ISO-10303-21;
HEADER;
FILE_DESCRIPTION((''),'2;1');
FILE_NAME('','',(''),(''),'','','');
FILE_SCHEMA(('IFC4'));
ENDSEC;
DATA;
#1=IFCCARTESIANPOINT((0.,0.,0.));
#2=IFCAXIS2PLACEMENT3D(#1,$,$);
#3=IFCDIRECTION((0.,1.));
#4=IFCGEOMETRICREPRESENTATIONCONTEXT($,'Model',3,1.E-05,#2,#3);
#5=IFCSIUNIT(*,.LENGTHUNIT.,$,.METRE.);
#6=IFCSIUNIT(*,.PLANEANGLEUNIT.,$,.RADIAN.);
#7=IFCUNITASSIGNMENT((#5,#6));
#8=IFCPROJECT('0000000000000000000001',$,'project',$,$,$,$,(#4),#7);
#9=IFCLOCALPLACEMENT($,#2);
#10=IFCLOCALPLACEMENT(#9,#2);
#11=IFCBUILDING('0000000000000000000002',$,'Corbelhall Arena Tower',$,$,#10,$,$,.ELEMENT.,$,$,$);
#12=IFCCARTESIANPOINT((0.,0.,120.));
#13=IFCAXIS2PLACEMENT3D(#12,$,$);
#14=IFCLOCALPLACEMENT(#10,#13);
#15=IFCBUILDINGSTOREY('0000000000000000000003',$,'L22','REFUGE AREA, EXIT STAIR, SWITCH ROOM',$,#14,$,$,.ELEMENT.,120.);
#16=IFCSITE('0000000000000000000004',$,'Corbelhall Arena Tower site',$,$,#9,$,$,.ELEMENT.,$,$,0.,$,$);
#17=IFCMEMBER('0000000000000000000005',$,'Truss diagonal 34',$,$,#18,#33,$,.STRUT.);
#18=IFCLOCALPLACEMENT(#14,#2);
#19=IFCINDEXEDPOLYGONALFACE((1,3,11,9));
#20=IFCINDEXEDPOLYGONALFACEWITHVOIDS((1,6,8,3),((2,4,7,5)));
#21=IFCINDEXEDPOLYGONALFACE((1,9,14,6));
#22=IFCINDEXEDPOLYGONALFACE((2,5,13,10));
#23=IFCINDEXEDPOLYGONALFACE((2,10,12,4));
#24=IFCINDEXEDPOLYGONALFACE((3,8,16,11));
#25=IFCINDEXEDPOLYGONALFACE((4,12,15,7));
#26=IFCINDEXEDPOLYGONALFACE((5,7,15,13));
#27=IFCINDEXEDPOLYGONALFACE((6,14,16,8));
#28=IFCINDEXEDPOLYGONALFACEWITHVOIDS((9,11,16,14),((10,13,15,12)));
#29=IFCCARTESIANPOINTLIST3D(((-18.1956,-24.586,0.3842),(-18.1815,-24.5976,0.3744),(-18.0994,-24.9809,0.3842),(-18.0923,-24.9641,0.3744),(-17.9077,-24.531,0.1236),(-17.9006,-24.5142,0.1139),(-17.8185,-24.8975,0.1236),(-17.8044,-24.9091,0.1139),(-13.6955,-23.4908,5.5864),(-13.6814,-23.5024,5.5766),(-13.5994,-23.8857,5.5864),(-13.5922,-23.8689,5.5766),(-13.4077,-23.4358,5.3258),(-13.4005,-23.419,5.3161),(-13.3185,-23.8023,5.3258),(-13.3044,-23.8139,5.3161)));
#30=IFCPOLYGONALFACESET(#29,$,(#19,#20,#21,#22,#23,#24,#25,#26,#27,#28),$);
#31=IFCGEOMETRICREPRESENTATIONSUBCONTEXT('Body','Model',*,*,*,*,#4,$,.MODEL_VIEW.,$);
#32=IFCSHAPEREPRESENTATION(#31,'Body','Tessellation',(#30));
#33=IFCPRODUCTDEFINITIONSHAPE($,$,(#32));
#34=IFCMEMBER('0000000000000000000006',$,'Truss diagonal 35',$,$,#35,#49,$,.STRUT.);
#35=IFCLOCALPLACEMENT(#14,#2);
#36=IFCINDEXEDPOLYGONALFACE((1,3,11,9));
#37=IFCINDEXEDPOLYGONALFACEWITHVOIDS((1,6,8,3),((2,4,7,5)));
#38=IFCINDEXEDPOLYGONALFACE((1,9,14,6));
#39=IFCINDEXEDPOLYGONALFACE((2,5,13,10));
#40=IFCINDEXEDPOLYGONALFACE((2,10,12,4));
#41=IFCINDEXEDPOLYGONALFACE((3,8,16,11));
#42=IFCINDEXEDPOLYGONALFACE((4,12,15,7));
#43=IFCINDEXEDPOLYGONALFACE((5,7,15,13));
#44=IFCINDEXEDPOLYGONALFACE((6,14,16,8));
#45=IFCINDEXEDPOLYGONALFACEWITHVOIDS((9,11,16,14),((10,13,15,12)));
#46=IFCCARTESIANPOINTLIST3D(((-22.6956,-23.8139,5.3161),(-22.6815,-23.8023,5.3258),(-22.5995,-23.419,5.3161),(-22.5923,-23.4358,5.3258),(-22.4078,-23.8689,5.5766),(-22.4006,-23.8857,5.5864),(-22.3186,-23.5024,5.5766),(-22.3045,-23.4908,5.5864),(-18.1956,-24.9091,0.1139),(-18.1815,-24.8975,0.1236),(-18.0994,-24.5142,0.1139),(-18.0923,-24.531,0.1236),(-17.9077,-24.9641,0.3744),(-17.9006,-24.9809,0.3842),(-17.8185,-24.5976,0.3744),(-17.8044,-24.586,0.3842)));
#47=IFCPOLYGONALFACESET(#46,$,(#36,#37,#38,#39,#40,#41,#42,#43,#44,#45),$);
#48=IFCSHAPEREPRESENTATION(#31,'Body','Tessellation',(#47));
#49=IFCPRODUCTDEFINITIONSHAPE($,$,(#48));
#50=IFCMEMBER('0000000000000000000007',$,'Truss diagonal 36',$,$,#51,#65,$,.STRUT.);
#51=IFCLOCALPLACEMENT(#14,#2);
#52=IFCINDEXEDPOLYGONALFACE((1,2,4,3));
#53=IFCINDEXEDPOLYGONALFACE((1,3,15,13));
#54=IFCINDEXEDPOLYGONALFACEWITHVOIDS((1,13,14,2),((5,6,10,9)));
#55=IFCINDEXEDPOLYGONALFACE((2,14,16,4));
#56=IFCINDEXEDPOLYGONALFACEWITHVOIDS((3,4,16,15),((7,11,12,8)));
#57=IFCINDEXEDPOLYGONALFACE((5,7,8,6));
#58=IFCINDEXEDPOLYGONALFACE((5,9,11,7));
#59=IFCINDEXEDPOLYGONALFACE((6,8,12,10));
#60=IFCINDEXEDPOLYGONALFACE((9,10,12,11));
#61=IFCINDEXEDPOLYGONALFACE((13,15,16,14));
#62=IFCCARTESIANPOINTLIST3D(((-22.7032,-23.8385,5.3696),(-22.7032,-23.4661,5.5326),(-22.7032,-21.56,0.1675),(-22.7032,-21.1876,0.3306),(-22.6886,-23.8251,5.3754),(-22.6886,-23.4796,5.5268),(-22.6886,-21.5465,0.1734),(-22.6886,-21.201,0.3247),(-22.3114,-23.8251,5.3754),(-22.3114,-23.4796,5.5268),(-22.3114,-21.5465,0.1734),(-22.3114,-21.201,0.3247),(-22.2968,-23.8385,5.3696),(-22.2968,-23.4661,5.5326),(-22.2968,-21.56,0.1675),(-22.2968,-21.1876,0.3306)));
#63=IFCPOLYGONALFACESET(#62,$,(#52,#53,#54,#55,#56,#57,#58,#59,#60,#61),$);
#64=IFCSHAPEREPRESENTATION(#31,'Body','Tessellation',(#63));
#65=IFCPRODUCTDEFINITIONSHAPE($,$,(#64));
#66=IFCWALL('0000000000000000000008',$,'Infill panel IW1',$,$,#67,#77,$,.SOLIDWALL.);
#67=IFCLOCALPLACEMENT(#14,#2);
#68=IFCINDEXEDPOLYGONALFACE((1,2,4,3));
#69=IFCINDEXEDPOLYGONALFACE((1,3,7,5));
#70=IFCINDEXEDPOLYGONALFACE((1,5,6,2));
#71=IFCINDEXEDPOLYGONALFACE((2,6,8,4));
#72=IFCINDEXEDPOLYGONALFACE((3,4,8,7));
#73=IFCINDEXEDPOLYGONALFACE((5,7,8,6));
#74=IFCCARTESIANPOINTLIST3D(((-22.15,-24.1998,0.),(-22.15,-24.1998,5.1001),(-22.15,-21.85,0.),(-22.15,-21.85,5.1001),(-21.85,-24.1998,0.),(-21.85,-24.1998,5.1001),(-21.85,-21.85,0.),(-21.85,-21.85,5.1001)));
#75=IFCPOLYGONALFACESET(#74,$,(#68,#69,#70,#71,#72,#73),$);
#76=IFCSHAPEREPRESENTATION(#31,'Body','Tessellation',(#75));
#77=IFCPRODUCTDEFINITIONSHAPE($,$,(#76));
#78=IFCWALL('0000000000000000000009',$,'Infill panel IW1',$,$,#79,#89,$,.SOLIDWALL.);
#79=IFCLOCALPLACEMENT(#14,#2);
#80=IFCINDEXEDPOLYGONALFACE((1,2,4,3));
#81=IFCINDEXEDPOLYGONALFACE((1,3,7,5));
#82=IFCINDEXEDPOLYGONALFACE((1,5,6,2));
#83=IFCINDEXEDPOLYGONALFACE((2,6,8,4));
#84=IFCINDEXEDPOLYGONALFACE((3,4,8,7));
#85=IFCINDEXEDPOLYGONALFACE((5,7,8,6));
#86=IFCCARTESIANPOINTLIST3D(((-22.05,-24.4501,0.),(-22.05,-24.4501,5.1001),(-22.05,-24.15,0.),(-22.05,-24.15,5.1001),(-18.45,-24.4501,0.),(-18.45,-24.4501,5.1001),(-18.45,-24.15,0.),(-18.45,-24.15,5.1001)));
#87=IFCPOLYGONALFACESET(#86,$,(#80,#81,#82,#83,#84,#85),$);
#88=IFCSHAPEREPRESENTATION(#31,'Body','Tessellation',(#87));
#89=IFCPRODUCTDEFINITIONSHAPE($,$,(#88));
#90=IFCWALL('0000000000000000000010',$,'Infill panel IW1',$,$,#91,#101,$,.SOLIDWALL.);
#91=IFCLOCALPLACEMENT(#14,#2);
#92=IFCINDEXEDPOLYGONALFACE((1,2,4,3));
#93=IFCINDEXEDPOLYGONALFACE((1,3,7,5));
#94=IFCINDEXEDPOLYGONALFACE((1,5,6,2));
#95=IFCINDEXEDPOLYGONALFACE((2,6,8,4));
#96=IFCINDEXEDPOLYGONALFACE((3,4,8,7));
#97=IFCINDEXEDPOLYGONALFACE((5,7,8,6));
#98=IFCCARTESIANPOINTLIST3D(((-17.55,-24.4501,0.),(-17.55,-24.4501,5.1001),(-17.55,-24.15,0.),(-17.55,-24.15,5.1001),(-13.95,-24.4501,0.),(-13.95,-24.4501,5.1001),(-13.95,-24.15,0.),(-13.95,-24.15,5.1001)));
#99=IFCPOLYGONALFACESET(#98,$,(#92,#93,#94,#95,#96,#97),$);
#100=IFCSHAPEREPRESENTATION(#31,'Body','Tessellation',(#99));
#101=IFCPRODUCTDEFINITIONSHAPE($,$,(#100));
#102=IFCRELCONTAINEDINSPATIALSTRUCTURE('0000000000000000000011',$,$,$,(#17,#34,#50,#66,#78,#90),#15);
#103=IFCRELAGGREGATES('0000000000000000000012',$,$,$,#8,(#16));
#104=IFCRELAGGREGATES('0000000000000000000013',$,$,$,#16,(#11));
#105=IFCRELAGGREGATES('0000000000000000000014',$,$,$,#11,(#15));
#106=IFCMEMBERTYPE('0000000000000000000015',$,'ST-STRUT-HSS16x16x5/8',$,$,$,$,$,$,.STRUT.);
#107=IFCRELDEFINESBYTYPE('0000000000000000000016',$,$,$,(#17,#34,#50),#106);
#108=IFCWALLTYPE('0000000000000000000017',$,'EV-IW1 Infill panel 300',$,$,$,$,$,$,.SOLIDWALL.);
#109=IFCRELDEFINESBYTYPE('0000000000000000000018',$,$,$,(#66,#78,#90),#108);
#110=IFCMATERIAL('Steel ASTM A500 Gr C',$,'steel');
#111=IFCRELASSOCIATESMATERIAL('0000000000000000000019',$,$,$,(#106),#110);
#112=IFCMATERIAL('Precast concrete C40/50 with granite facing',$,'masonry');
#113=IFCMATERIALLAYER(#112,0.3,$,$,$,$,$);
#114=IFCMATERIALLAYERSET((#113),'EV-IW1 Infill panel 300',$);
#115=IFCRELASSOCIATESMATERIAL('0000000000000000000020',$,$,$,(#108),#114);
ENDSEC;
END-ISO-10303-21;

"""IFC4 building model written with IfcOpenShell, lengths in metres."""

from ifc_helpers import new_model, si_unit, direction, frame, frame_2d, origin, origin_2d, place, context, subcontext, project, spatial, rectangle, hollow_rectangle, extrude, material, layer, layer_set, material_profile, profile_set, type_object, element, save


model = new_model("IFC4")

# Units and contexts
model_context = context("Model", 3, precision=1e-05, world=origin(), true_north=direction((0.0, 1.0)))
body_context = subcontext(model_context, "Body", "Model", "MODEL_VIEW")
ifc_project = project(units=[si_unit("LENGTHUNIT", "METRE"), si_unit("PLANEANGLEUNIT", "RADIAN")], contexts=[model_context])

# Site, building, storey
site_placement = place(None, origin())
site = spatial("IfcSite", under=ifc_project, at=site_placement, Name="Corbelhall Arena Tower site", CompositionType="ELEMENT", RefElevation=0.0)
building_placement = place(site_placement, origin())
building = spatial("IfcBuilding", under=site, at=building_placement, Name="Corbelhall Arena Tower", CompositionType="ELEMENT")
storey_placement = place(building_placement, frame((0.0, 0.0, 120.0)))
storey = spatial("IfcBuildingStorey", under=building, at=storey_placement, Name="L22", Description="REFUGE AREA, EXIT STAIR, SWITCH ROOM", CompositionType="ELEMENT", Elevation=120.0)

# Members
ifc_material_1 = material(Name="Steel ASTM A500 Gr C", Category="steel")
ifc_material_profile_1 = material_profile(ifc_material_1, hollow_rectangle(XDim=0.4065, YDim=0.4065, WallThickness=0.0146, at=origin_2d()))
ifc_profile_set_1 = profile_set([ifc_material_profile_1], Name="Steel ASTM A500 Gr C")
member_type_1 = type_object("IfcMemberType", Name="ST-STRUT-HSS16x16x5/8", PredefinedType="STRUT", material=ifc_profile_set_1)
for number, where, z_axis, x_axis, name in (
    (1, (-18.0, -24.7476, 0.249), (0.646083, 0.157244, 0.746894), (-0.236478, 0.971637, 0.0), "Truss diagonal 34"),
    (2, (-18.0, -24.7476, 0.249), (-0.646083, 0.157244, 0.746894), (-0.236478, -0.971637, 0.0), "Truss diagonal 35"),
):
    element("IfcMember", number, at=place(storey_placement, frame(where, z_axis=z_axis, x_axis=x_axis)), inside=storey, type_object=member_type_1, Name=name, PredefinedType="STRUT", context=body_context, shape_type="SweptSolid", body=[
        extrude(hollow_rectangle(XDim=0.4065, YDim=0.4065, WallThickness=0.0146, at=origin_2d()), origin(), (0.0, 0.0, 1.0), 6.9651),
    ])
member_placement = place(storey_placement, frame((-22.5, -21.3738, 0.249), z_axis=(0.0, -0.401207, 0.915988), x_axis=(1.0, 0.0, 0.0)))
element("IfcMember", 3, at=member_placement, inside=storey, type_object=member_type_1, Name="Truss diagonal 36", PredefinedType="STRUT", context=body_context, shape_type="SweptSolid", body=[
    extrude(hollow_rectangle(XDim=0.4065, YDim=0.4065, WallThickness=0.0146, at=origin_2d()), origin(), (0.0, 0.0, 1.0), 5.6792),
])

# Walls
ifc_material_2 = material(Name="Precast concrete C40/50 with granite facing", Category="masonry")
ifc_layer_1 = layer(ifc_material_2, 0.3)
ifc_layer_set_1 = layer_set([ifc_layer_1], Name="EV-IW1 Infill panel 300")
wall_type_1 = type_object("IfcWallType", Name="EV-IW1 Infill panel 300", PredefinedType="SOLIDWALL", material=ifc_layer_set_1)
wall_1_placement = place(storey_placement, frame((-22.0, -21.8501, 0.0), z_axis=(0.0, 0.0, 1.0), x_axis=(0.0, -1.0, 0.0)))
element("IfcWall", 4, at=wall_1_placement, inside=storey, type_object=wall_type_1, Name="Infill panel IW1", PredefinedType="SOLIDWALL", context=body_context, shape_type="SweptSolid", body=[
    extrude(rectangle(XDim=2.3499, YDim=0.3, at=frame_2d((1.1748, 0.0))), origin(), (0.0, 0.0, 1.0), 5.1001),
])
for number, where, z_axis, x_axis, name in (
    (5, (-22.05, -24.3, 0.0), (0.0, 0.0, 1.0), (1.0, 0.0, 0.0), "Infill panel IW1"),
    (6, (-17.55, -24.3, 0.0), (0.0, 0.0, 1.0), (1.0, 0.0, 0.0), "Infill panel IW1"),
):
    element("IfcWall", number, at=place(storey_placement, frame(where, z_axis=z_axis, x_axis=x_axis)), inside=storey, type_object=wall_type_1, Name=name, PredefinedType="SOLIDWALL", context=body_context, shape_type="SweptSolid", body=[
        extrude(rectangle(XDim=3.6001, YDim=0.3, at=frame_2d((1.8, 0.0))), origin(), (0.0, 0.0, 1.0), 5.1001),
    ])

save(model, "model.ifc")
